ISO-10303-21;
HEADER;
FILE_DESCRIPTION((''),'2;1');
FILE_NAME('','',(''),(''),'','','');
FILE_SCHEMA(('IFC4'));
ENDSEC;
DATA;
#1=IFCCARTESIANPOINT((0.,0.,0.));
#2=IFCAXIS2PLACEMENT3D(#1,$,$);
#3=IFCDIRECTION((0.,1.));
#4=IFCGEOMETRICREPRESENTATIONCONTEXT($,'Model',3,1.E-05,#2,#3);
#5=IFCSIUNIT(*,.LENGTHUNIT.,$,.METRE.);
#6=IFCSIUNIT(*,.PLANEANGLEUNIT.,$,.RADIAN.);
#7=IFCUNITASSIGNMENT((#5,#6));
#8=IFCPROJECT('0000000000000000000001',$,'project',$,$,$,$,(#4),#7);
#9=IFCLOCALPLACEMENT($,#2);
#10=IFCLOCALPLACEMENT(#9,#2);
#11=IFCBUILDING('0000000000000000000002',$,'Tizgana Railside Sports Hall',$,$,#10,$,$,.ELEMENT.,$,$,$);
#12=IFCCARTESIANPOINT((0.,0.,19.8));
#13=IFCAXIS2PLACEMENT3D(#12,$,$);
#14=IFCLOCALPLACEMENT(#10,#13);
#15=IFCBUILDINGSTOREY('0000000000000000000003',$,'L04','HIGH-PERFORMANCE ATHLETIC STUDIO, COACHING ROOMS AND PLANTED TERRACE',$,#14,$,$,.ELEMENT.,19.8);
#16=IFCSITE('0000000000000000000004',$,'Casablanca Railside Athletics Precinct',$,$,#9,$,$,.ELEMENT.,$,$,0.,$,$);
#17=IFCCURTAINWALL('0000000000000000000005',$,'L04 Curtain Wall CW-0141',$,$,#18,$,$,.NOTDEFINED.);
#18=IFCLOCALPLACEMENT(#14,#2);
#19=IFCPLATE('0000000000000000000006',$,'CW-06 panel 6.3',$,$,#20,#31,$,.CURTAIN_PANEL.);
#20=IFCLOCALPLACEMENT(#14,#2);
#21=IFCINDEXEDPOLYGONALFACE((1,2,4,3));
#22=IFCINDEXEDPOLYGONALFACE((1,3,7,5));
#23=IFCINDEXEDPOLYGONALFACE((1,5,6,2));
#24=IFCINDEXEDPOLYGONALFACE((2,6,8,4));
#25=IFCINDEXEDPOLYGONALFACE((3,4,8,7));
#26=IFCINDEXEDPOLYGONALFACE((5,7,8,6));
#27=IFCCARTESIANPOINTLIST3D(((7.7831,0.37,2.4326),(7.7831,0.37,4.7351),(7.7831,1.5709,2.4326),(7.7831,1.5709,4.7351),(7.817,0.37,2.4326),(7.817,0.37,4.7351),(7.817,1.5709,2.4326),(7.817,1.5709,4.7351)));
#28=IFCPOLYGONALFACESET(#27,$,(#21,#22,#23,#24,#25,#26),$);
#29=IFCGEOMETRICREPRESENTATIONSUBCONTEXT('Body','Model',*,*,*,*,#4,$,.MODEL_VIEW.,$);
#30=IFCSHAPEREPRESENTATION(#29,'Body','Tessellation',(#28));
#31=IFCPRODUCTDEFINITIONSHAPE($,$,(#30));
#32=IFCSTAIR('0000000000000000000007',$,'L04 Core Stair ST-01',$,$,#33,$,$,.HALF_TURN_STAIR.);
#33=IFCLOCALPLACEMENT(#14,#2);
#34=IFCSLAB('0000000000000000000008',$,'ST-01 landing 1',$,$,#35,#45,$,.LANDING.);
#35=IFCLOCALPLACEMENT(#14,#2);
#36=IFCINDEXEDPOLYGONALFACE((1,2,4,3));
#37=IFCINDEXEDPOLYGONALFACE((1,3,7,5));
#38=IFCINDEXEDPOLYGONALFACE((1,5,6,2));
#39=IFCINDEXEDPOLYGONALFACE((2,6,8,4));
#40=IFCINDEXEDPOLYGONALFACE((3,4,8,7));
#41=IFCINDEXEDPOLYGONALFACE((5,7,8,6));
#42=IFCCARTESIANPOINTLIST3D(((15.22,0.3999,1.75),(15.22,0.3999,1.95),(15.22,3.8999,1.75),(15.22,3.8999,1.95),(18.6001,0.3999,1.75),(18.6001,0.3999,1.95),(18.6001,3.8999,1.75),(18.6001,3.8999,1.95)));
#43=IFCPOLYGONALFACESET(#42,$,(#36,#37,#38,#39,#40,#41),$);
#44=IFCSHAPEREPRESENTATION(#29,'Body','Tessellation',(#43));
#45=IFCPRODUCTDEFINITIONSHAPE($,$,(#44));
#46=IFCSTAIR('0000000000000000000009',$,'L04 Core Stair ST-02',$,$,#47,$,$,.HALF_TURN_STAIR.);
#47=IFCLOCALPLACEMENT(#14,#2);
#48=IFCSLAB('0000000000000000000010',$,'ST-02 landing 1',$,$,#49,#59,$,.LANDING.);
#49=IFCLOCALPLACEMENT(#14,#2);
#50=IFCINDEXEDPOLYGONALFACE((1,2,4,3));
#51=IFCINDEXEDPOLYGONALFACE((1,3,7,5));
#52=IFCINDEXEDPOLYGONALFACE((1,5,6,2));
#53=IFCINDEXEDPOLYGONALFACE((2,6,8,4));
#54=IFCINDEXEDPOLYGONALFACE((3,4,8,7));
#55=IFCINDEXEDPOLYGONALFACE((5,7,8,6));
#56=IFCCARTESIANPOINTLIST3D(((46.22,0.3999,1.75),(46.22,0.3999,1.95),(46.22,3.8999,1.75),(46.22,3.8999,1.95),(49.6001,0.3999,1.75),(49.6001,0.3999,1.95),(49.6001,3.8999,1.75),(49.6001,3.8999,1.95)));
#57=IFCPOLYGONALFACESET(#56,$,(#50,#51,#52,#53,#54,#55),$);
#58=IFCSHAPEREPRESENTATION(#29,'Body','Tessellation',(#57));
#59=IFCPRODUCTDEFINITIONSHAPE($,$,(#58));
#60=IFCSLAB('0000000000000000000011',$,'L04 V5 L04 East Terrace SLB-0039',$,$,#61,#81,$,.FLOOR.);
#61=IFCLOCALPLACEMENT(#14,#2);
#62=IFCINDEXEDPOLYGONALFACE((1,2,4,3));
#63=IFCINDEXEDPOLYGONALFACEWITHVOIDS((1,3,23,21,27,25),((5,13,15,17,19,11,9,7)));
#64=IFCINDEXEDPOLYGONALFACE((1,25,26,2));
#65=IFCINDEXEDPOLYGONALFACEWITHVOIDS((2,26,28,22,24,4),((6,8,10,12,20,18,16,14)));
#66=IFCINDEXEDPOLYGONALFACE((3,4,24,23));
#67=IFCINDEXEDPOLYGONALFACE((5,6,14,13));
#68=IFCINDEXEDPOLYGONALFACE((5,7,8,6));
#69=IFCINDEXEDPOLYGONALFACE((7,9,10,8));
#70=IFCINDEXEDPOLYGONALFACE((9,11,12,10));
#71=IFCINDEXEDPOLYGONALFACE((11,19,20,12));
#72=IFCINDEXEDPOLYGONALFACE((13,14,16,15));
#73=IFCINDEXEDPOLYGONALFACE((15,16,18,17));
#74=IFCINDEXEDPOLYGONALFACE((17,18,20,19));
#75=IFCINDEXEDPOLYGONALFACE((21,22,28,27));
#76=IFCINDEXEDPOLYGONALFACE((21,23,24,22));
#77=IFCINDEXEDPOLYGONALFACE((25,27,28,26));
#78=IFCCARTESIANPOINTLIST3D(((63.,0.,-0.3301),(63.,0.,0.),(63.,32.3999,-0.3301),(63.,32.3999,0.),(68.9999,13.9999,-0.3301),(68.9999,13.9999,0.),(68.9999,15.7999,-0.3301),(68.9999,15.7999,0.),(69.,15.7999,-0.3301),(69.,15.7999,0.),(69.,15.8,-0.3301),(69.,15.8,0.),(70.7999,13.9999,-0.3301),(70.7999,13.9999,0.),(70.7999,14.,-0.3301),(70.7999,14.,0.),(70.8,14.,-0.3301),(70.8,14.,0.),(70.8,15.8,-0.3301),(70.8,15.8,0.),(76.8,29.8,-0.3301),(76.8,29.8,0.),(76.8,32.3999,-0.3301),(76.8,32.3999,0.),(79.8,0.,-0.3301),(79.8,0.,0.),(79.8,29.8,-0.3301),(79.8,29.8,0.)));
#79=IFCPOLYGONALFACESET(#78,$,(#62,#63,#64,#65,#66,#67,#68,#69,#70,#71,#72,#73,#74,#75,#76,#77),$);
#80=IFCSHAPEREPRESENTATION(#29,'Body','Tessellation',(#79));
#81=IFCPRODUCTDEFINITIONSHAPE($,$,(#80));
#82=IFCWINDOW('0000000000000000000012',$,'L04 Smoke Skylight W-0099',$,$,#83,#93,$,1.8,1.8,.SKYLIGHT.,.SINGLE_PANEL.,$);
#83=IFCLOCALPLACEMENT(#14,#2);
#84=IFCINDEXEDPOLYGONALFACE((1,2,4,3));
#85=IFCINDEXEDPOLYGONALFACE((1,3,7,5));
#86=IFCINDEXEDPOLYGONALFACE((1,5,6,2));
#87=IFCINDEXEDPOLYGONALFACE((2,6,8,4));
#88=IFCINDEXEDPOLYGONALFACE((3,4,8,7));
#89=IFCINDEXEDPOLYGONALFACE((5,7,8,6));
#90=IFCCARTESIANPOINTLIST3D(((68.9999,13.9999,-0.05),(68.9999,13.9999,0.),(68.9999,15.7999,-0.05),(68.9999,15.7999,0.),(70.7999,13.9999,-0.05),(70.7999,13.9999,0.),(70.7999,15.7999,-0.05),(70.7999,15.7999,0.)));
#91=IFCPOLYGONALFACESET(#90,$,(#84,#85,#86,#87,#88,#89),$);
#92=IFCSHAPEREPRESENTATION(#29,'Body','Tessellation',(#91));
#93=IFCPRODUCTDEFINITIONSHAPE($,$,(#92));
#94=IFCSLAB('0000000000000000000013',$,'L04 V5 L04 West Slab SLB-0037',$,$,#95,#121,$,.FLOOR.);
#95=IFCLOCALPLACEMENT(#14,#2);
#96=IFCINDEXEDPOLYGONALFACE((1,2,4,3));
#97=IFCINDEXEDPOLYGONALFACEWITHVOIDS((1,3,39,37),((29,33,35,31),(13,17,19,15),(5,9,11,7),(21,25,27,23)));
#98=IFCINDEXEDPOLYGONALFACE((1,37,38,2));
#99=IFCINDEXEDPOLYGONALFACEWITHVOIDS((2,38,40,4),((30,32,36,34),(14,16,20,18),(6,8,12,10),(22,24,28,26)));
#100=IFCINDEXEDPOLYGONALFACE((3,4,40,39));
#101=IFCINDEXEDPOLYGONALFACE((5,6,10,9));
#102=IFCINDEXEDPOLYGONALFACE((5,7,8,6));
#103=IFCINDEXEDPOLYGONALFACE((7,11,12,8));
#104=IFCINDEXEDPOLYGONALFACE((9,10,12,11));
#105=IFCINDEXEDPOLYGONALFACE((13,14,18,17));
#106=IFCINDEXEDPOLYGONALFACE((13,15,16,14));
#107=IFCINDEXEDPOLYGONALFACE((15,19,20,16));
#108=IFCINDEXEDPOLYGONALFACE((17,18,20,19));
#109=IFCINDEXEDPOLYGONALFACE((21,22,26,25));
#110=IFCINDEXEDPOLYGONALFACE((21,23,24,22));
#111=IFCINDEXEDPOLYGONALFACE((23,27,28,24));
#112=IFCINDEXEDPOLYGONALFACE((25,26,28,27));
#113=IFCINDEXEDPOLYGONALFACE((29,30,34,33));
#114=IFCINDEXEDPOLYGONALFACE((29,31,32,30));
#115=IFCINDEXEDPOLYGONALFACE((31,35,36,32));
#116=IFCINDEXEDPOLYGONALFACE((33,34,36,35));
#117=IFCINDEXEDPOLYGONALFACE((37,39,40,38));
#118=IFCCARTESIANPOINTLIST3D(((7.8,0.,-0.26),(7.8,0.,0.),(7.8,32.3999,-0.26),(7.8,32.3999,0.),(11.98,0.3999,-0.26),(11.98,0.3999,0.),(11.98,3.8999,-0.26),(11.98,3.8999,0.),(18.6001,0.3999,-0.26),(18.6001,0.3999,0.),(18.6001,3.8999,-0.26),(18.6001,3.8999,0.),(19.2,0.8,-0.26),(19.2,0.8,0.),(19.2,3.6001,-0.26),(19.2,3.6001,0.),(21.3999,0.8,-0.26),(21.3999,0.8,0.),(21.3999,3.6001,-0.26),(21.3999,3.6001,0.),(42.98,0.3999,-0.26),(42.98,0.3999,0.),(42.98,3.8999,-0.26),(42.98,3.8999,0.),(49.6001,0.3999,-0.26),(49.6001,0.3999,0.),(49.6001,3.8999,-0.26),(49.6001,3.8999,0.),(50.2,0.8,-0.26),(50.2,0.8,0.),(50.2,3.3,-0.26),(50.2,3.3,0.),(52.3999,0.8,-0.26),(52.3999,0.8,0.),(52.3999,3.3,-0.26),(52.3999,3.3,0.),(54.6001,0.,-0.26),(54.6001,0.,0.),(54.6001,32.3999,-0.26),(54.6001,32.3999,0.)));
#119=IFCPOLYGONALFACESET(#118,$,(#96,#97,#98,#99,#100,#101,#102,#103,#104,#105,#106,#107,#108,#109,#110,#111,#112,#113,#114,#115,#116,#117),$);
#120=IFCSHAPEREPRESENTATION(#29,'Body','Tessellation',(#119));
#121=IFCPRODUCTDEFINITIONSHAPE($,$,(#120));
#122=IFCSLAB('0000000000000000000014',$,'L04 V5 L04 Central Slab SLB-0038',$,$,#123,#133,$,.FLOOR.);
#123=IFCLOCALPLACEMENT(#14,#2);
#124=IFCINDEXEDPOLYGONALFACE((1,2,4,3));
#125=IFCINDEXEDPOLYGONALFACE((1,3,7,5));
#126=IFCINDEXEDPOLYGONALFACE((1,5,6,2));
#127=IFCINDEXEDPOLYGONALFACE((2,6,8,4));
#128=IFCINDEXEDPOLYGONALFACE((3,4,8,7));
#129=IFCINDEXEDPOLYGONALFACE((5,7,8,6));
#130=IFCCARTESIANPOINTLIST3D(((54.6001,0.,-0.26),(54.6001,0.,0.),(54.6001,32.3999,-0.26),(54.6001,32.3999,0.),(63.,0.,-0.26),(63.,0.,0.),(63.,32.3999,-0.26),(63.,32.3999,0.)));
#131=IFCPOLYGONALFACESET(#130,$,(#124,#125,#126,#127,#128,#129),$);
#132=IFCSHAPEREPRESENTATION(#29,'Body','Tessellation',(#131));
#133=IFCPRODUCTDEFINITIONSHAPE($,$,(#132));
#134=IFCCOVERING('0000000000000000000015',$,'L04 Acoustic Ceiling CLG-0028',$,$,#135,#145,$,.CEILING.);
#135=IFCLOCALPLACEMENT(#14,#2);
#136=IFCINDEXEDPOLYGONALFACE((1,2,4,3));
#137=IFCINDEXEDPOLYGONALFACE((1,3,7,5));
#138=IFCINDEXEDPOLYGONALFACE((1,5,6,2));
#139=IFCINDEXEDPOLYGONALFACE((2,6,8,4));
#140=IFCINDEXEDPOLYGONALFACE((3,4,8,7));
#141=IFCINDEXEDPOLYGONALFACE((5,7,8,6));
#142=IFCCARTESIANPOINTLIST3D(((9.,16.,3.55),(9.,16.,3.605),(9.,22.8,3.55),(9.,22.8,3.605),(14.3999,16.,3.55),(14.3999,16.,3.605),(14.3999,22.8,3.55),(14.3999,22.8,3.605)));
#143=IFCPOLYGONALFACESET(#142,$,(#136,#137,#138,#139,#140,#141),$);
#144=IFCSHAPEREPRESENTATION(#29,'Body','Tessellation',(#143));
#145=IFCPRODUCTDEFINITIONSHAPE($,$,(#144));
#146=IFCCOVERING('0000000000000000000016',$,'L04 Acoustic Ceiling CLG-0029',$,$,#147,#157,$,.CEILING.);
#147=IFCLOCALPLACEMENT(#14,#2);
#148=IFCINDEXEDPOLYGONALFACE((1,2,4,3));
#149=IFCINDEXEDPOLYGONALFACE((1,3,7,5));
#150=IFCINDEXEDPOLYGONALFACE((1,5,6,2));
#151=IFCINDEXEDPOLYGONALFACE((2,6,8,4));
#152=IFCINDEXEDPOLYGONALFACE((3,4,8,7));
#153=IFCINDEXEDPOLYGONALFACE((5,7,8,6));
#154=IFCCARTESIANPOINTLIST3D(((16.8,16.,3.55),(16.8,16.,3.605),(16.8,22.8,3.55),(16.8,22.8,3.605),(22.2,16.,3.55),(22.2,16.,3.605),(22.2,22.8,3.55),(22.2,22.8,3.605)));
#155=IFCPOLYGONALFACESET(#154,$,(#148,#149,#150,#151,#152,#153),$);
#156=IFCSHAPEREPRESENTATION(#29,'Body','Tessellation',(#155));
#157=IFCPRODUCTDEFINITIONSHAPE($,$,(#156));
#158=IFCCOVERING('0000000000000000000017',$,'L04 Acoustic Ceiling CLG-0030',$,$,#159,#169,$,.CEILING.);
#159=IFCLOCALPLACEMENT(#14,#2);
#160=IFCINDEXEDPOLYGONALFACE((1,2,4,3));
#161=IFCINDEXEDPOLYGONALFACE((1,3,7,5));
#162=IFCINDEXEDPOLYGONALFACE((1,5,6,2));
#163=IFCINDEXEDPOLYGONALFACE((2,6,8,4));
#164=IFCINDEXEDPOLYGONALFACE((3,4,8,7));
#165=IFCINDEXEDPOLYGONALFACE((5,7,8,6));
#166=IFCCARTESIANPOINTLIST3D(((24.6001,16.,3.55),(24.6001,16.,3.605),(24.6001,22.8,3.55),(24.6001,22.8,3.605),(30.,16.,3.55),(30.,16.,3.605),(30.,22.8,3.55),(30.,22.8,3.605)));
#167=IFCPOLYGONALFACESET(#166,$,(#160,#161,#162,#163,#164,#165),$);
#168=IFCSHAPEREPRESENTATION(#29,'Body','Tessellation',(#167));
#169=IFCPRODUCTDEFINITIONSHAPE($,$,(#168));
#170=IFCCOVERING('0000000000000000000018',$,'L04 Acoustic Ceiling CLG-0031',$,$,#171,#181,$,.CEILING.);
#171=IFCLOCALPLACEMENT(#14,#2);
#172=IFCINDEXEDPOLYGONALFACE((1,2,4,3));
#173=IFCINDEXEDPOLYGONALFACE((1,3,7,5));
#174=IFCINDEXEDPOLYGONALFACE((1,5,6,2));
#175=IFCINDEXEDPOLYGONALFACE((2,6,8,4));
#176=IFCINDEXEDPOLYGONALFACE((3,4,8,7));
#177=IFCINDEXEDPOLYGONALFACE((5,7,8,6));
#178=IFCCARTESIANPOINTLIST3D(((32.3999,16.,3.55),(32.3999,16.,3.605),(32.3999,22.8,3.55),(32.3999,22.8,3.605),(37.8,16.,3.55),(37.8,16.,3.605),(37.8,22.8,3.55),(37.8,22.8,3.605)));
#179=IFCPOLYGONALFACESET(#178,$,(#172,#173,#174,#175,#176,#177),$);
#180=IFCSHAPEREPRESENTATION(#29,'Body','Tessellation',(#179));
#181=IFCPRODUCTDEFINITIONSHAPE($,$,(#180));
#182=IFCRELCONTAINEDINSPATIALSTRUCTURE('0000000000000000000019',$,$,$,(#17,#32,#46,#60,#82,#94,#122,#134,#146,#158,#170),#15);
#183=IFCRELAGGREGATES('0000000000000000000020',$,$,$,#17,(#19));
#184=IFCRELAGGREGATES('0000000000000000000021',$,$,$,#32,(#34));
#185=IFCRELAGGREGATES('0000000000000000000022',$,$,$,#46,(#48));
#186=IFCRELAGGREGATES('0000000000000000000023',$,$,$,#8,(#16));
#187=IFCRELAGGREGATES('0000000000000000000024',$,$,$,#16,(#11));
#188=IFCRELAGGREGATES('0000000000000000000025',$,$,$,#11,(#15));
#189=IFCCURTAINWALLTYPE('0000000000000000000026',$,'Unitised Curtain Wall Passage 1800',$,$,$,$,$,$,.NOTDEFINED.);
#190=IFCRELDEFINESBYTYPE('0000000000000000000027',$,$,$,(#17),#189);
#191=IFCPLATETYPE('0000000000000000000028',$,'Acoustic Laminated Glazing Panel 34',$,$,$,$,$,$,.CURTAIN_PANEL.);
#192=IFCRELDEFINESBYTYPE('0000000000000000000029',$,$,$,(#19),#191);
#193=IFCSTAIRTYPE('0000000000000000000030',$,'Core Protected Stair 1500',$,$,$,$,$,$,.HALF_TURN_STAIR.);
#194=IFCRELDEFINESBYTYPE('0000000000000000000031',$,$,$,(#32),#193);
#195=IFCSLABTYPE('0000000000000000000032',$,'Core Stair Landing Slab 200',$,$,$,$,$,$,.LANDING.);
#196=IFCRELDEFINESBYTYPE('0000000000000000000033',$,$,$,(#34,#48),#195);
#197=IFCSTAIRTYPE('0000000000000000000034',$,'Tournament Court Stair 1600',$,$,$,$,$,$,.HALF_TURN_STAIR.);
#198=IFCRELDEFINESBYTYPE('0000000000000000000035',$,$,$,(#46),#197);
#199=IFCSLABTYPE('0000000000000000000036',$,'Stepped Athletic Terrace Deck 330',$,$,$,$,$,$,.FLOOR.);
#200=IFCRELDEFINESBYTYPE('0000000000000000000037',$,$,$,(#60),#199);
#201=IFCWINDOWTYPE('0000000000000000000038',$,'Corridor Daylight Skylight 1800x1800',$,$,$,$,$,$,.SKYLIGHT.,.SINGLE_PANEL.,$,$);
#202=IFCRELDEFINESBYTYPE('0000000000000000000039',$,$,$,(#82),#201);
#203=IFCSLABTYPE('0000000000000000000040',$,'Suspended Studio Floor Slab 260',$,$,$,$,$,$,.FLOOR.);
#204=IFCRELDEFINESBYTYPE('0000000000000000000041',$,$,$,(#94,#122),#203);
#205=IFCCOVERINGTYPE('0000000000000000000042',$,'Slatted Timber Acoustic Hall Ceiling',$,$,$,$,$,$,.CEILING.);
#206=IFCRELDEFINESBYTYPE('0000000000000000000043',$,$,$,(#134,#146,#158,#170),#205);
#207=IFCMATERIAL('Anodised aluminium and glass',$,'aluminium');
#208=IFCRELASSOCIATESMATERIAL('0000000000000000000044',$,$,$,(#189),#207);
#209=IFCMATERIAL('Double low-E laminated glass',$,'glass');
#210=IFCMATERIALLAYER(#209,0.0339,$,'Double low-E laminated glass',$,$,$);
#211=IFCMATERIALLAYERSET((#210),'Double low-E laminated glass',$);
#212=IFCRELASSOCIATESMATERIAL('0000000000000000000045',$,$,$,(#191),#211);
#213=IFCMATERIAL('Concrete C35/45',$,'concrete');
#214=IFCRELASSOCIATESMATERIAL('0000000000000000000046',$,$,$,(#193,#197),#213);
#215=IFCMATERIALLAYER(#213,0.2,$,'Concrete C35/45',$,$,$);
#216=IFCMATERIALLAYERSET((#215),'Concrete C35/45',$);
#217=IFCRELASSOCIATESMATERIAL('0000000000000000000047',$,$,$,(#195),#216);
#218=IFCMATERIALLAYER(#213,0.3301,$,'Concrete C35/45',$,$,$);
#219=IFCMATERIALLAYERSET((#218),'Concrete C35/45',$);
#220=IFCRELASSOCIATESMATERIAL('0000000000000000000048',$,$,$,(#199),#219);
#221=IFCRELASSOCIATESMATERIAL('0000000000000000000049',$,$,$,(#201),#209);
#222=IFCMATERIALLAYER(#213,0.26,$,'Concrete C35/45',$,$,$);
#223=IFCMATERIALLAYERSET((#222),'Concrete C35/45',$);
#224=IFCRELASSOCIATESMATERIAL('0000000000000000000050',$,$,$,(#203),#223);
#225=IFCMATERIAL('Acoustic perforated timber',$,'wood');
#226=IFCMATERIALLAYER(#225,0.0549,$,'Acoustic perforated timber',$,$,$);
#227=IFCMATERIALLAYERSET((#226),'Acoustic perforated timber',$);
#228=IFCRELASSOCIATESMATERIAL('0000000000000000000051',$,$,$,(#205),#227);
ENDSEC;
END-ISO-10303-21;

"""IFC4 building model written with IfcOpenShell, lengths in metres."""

from ifc_helpers import new_model, si_unit, direction, frame, origin, origin_2d, place, context, subcontext, project, spatial, polyline, rectangle, outline, extrude, material, layer, layer_set, type_object, element, fill, aggregate, save


model = new_model("IFC4")

# Units and contexts
model_context = context("Model", 3, precision=1e-05, world=origin(), true_north=direction((0.0, 1.0)))
body_context = subcontext(model_context, "Body", "Model", "MODEL_VIEW")
ifc_project = project(units=[si_unit("LENGTHUNIT", "METRE"), si_unit("PLANEANGLEUNIT", "RADIAN")], contexts=[model_context])

# Site, building, storey
site_placement = place(None, origin())
site = spatial("IfcSite", under=ifc_project, at=site_placement, Name="Casablanca Railside Athletics Precinct", CompositionType="ELEMENT", RefElevation=0.0)
building_placement = place(site_placement, origin())
building = spatial("IfcBuilding", under=site, at=building_placement, Name="Tizgana Railside Sports Hall", CompositionType="ELEMENT")
storey_placement = place(building_placement, frame((0.0, 0.0, 19.8)))
storey = spatial("IfcBuildingStorey", under=building, at=storey_placement, Name="L04", Description="HIGH-PERFORMANCE ATHLETIC STUDIO, COACHING ROOMS AND PLANTED TERRACE", CompositionType="ELEMENT", Elevation=19.8)

# Shared definitions
ifc_material_1 = material(Name="Concrete C35/45", Category="concrete")

# Curtain wall
ifc_material_2 = material(Name="Anodised aluminium and glass", Category="aluminium")
curtain_wall_type = type_object("IfcCurtainWallType", Name="Unitised Curtain Wall Passage 1800", PredefinedType="NOTDEFINED", material=ifc_material_2)
curtain_wall_placement = place(storey_placement, origin())
curtain_wall = element("IfcCurtainWall", 1, at=curtain_wall_placement, inside=storey, type_object=curtain_wall_type, Name="L04 Curtain Wall CW-0141", PredefinedType="NOTDEFINED")

# Plate
ifc_material_3 = material(Name="Double low-E laminated glass", Category="glass")
ifc_layer_1 = layer(ifc_material_3, 0.0339, Name="Double low-E laminated glass")
ifc_layer_set_1 = layer_set([ifc_layer_1], Name="Double low-E laminated glass")
plate_type = type_object("IfcPlateType", Name="Acoustic Laminated Glazing Panel 34", PredefinedType="CURTAIN_PANEL", material=ifc_layer_set_1)
plate_1_placement = place(storey_placement, frame((7.8, 0.9705, 2.4326), z_axis=(0.0, 0.0, 1.0), x_axis=(0.0, -1.0, 0.0)))
plate_1 = element("IfcPlate", 2, at=plate_1_placement, type_object=plate_type, Name="CW-06 panel 6.3", PredefinedType="CURTAIN_PANEL", context=body_context, shape_type="SweptSolid", body=[
    extrude(rectangle(XDim=1.2009, YDim=0.0339, at=origin_2d()), origin(), (0.0, 0.0, 1.0), 2.3025),
])
aggregate(curtain_wall, [plate_1])

# Stairs, slabs
stair_type_1 = type_object("IfcStairType", Name="Core Protected Stair 1500", PredefinedType="HALF_TURN_STAIR", material=ifc_material_1)
stair_1_placement = place(storey_placement, origin())
stair_1 = element("IfcStair", 3, at=stair_1_placement, inside=storey, type_object=stair_type_1, Name="L04 Core Stair ST-01", PredefinedType="HALF_TURN_STAIR")
ifc_layer_2 = layer(ifc_material_1, 0.2, Name="Concrete C35/45")
ifc_layer_set_2 = layer_set([ifc_layer_2], Name="Concrete C35/45")
slab_type_1 = type_object("IfcSlabType", Name="Core Stair Landing Slab 200", PredefinedType="LANDING", material=ifc_layer_set_2)
slab_1_placement = place(storey_placement, frame((0.0, 0.0, 1.75)))
slab_1 = element("IfcSlab", 4, at=slab_1_placement, type_object=slab_type_1, Name="ST-01 landing 1", PredefinedType="LANDING", context=body_context, shape_type="SweptSolid", body=[
    extrude(outline(polyline([(15.22, 0.3999), (18.6001, 0.3999), (18.6001, 3.8999), (15.22, 3.8999), (15.22, 0.3999)])), origin(), (0.0, 0.0, 1.0), 0.2),
])
aggregate(stair_1, [slab_1])
stair_type_2 = type_object("IfcStairType", Name="Tournament Court Stair 1600", PredefinedType="HALF_TURN_STAIR", material=ifc_material_1)
stair_2_placement = place(storey_placement, origin())
stair_2 = element("IfcStair", 5, at=stair_2_placement, inside=storey, type_object=stair_type_2, Name="L04 Core Stair ST-02", PredefinedType="HALF_TURN_STAIR")
slab_2_placement = place(storey_placement, frame((0.0, 0.0, 1.75)))
slab_2 = element("IfcSlab", 6, at=slab_2_placement, type_object=slab_type_1, Name="ST-02 landing 1", PredefinedType="LANDING", context=body_context, shape_type="SweptSolid", body=[
    extrude(outline(polyline([(46.22, 0.3999), (49.6001, 0.3999), (49.6001, 3.8999), (46.22, 3.8999), (46.22, 0.3999)])), origin(), (0.0, 0.0, 1.0), 0.2),
])
aggregate(stair_2, [slab_2])

# Slab, opening, window
ifc_layer_3 = layer(ifc_material_1, 0.3301, Name="Concrete C35/45")
ifc_layer_set_3 = layer_set([ifc_layer_3], Name="Concrete C35/45")
slab_type_2 = type_object("IfcSlabType", Name="Stepped Athletic Terrace Deck 330", PredefinedType="FLOOR", material=ifc_layer_set_3)
slab_3_placement = place(storey_placement, frame((0.0, 0.0, -0.3301)))
slab_3 = element("IfcSlab", 7, at=slab_3_placement, inside=storey, type_object=slab_type_2, Name="L04 V5 L04 East Terrace SLB-0039", PredefinedType="FLOOR", context=body_context, shape_type="SweptSolid", body=[
    extrude(outline(polyline([(63.0, 0.0), (79.8, 0.0), (79.8, 29.8), (76.8, 29.8), (76.8, 32.3999), (63.0, 32.3999), (63.0, 0.0)]), holes=[polyline([(69.0, 14.0), (70.8, 14.0), (70.8, 15.8), (69.0, 15.8), (69.0, 14.0)])]), origin(), (0.0, 0.0, 1.0), 0.3301),
])
opening_placement = place(slab_3_placement, frame((69.8999, 14.8999, 0.0)))
opening = element("IfcOpeningElement", 8, at=opening_placement, cuts=slab_3, PredefinedType="OPENING", context=body_context, shape_type="SweptSolid", body=[
    extrude(rectangle(XDim=1.8, YDim=1.8, at=origin_2d()), origin(), (0.0, 0.0, 1.0), 0.3301),
])
window_type = type_object("IfcWindowType", Name="Corridor Daylight Skylight 1800x1800", PartitioningType="SINGLE_PANEL", PredefinedType="SKYLIGHT", material=ifc_material_3)
window_placement = place(opening_placement, frame((0.0, 0.0, 0.28)))
window = element("IfcWindow", 9, at=window_placement, inside=storey, type_object=window_type, Name="L04 Smoke Skylight W-0099", OverallHeight=1.8, OverallWidth=1.8, PartitioningType="SINGLE_PANEL", PredefinedType="SKYLIGHT", context=body_context, shape_type="SweptSolid", body=[
    extrude(rectangle(XDim=1.8, YDim=1.8, at=origin_2d()), origin(), (0.0, 0.0, 1.0), 0.05),
])
fill(opening, window)

# Slabs
ifc_layer_4 = layer(ifc_material_1, 0.26, Name="Concrete C35/45")
ifc_layer_set_4 = layer_set([ifc_layer_4], Name="Concrete C35/45")
slab_type_3 = type_object("IfcSlabType", Name="Suspended Studio Floor Slab 260", PredefinedType="FLOOR", material=ifc_layer_set_4)
slab_4_placement = place(storey_placement, frame((0.0, 0.0, -0.26)))
element("IfcSlab", 10, at=slab_4_placement, inside=storey, type_object=slab_type_3, Name="L04 V5 L04 West Slab SLB-0037", PredefinedType="FLOOR", context=body_context, shape_type="SweptSolid", body=[
    extrude(outline(polyline([(7.8, 0.0), (54.6001, 0.0), (54.6001, 32.3999), (7.8, 32.3999), (7.8, 0.0)]), holes=[polyline([(11.98, 0.3999), (18.6001, 0.3999), (18.6001, 3.8999), (11.98, 3.8999), (11.98, 0.3999)]), polyline([(19.2, 0.8), (21.3999, 0.8), (21.3999, 3.6001), (19.2, 3.6001), (19.2, 0.8)]), polyline([(42.98, 0.3999), (49.6001, 0.3999), (49.6001, 3.8999), (42.98, 3.8999), (42.98, 0.3999)]), polyline([(50.2, 0.8), (52.3999, 0.8), (52.3999, 3.3), (50.2, 3.3), (50.2, 0.8)])]), origin(), (0.0, 0.0, 1.0), 0.26),
])
slab_5_placement = place(storey_placement, frame((0.0, 0.0, -0.26)))
element("IfcSlab", 11, at=slab_5_placement, inside=storey, type_object=slab_type_3, Name="L04 V5 L04 Central Slab SLB-0038", PredefinedType="FLOOR", context=body_context, shape_type="SweptSolid", body=[
    extrude(outline(polyline([(54.6001, 0.0), (63.0, 0.0), (63.0, 32.3999), (54.6001, 32.3999), (54.6001, 0.0)])), origin(), (0.0, 0.0, 1.0), 0.26),
])

# Coverings
ifc_material_4 = material(Name="Acoustic perforated timber", Category="wood")
ifc_layer_5 = layer(ifc_material_4, 0.0549, Name="Acoustic perforated timber")
ifc_layer_set_5 = layer_set([ifc_layer_5], Name="Acoustic perforated timber")
covering_type_1 = type_object("IfcCoveringType", Name="Slatted Timber Acoustic Hall Ceiling", PredefinedType="CEILING", material=ifc_layer_set_5)
covering_1_placement = place(storey_placement, frame((0.0, 0.0, 3.55)))
element("IfcCovering", 12, at=covering_1_placement, inside=storey, type_object=covering_type_1, Name="L04 Acoustic Ceiling CLG-0028", PredefinedType="CEILING", context=body_context, shape_type="SweptSolid", body=[
    extrude(outline(polyline([(9.0, 16.0), (14.3999, 16.0), (14.3999, 22.8), (9.0, 22.8), (9.0, 16.0)])), origin(), (0.0, 0.0, 1.0), 0.0549),
])
covering_2_placement = place(storey_placement, frame((0.0, 0.0, 3.55)))
element("IfcCovering", 13, at=covering_2_placement, inside=storey, type_object=covering_type_1, Name="L04 Acoustic Ceiling CLG-0029", PredefinedType="CEILING", context=body_context, shape_type="SweptSolid", body=[
    extrude(outline(polyline([(16.8, 16.0), (22.2, 16.0), (22.2, 22.8), (16.8, 22.8), (16.8, 16.0)])), origin(), (0.0, 0.0, 1.0), 0.0549),
])
covering_3_placement = place(storey_placement, frame((0.0, 0.0, 3.55)))
element("IfcCovering", 14, at=covering_3_placement, inside=storey, type_object=covering_type_1, Name="L04 Acoustic Ceiling CLG-0030", PredefinedType="CEILING", context=body_context, shape_type="SweptSolid", body=[
    extrude(outline(polyline([(24.6001, 16.0), (30.0, 16.0), (30.0, 22.8), (24.6001, 22.8), (24.6001, 16.0)])), origin(), (0.0, 0.0, 1.0), 0.0549),
])
covering_4_placement = place(storey_placement, frame((0.0, 0.0, 3.55)))
element("IfcCovering", 15, at=covering_4_placement, inside=storey, type_object=covering_type_1, Name="L04 Acoustic Ceiling CLG-0031", PredefinedType="CEILING", context=body_context, shape_type="SweptSolid", body=[
    extrude(outline(polyline([(32.3999, 16.0), (37.8, 16.0), (37.8, 22.8), (32.3999, 22.8), (32.3999, 16.0)])), origin(), (0.0, 0.0, 1.0), 0.0549),
])

save(model, "model.ifc")
